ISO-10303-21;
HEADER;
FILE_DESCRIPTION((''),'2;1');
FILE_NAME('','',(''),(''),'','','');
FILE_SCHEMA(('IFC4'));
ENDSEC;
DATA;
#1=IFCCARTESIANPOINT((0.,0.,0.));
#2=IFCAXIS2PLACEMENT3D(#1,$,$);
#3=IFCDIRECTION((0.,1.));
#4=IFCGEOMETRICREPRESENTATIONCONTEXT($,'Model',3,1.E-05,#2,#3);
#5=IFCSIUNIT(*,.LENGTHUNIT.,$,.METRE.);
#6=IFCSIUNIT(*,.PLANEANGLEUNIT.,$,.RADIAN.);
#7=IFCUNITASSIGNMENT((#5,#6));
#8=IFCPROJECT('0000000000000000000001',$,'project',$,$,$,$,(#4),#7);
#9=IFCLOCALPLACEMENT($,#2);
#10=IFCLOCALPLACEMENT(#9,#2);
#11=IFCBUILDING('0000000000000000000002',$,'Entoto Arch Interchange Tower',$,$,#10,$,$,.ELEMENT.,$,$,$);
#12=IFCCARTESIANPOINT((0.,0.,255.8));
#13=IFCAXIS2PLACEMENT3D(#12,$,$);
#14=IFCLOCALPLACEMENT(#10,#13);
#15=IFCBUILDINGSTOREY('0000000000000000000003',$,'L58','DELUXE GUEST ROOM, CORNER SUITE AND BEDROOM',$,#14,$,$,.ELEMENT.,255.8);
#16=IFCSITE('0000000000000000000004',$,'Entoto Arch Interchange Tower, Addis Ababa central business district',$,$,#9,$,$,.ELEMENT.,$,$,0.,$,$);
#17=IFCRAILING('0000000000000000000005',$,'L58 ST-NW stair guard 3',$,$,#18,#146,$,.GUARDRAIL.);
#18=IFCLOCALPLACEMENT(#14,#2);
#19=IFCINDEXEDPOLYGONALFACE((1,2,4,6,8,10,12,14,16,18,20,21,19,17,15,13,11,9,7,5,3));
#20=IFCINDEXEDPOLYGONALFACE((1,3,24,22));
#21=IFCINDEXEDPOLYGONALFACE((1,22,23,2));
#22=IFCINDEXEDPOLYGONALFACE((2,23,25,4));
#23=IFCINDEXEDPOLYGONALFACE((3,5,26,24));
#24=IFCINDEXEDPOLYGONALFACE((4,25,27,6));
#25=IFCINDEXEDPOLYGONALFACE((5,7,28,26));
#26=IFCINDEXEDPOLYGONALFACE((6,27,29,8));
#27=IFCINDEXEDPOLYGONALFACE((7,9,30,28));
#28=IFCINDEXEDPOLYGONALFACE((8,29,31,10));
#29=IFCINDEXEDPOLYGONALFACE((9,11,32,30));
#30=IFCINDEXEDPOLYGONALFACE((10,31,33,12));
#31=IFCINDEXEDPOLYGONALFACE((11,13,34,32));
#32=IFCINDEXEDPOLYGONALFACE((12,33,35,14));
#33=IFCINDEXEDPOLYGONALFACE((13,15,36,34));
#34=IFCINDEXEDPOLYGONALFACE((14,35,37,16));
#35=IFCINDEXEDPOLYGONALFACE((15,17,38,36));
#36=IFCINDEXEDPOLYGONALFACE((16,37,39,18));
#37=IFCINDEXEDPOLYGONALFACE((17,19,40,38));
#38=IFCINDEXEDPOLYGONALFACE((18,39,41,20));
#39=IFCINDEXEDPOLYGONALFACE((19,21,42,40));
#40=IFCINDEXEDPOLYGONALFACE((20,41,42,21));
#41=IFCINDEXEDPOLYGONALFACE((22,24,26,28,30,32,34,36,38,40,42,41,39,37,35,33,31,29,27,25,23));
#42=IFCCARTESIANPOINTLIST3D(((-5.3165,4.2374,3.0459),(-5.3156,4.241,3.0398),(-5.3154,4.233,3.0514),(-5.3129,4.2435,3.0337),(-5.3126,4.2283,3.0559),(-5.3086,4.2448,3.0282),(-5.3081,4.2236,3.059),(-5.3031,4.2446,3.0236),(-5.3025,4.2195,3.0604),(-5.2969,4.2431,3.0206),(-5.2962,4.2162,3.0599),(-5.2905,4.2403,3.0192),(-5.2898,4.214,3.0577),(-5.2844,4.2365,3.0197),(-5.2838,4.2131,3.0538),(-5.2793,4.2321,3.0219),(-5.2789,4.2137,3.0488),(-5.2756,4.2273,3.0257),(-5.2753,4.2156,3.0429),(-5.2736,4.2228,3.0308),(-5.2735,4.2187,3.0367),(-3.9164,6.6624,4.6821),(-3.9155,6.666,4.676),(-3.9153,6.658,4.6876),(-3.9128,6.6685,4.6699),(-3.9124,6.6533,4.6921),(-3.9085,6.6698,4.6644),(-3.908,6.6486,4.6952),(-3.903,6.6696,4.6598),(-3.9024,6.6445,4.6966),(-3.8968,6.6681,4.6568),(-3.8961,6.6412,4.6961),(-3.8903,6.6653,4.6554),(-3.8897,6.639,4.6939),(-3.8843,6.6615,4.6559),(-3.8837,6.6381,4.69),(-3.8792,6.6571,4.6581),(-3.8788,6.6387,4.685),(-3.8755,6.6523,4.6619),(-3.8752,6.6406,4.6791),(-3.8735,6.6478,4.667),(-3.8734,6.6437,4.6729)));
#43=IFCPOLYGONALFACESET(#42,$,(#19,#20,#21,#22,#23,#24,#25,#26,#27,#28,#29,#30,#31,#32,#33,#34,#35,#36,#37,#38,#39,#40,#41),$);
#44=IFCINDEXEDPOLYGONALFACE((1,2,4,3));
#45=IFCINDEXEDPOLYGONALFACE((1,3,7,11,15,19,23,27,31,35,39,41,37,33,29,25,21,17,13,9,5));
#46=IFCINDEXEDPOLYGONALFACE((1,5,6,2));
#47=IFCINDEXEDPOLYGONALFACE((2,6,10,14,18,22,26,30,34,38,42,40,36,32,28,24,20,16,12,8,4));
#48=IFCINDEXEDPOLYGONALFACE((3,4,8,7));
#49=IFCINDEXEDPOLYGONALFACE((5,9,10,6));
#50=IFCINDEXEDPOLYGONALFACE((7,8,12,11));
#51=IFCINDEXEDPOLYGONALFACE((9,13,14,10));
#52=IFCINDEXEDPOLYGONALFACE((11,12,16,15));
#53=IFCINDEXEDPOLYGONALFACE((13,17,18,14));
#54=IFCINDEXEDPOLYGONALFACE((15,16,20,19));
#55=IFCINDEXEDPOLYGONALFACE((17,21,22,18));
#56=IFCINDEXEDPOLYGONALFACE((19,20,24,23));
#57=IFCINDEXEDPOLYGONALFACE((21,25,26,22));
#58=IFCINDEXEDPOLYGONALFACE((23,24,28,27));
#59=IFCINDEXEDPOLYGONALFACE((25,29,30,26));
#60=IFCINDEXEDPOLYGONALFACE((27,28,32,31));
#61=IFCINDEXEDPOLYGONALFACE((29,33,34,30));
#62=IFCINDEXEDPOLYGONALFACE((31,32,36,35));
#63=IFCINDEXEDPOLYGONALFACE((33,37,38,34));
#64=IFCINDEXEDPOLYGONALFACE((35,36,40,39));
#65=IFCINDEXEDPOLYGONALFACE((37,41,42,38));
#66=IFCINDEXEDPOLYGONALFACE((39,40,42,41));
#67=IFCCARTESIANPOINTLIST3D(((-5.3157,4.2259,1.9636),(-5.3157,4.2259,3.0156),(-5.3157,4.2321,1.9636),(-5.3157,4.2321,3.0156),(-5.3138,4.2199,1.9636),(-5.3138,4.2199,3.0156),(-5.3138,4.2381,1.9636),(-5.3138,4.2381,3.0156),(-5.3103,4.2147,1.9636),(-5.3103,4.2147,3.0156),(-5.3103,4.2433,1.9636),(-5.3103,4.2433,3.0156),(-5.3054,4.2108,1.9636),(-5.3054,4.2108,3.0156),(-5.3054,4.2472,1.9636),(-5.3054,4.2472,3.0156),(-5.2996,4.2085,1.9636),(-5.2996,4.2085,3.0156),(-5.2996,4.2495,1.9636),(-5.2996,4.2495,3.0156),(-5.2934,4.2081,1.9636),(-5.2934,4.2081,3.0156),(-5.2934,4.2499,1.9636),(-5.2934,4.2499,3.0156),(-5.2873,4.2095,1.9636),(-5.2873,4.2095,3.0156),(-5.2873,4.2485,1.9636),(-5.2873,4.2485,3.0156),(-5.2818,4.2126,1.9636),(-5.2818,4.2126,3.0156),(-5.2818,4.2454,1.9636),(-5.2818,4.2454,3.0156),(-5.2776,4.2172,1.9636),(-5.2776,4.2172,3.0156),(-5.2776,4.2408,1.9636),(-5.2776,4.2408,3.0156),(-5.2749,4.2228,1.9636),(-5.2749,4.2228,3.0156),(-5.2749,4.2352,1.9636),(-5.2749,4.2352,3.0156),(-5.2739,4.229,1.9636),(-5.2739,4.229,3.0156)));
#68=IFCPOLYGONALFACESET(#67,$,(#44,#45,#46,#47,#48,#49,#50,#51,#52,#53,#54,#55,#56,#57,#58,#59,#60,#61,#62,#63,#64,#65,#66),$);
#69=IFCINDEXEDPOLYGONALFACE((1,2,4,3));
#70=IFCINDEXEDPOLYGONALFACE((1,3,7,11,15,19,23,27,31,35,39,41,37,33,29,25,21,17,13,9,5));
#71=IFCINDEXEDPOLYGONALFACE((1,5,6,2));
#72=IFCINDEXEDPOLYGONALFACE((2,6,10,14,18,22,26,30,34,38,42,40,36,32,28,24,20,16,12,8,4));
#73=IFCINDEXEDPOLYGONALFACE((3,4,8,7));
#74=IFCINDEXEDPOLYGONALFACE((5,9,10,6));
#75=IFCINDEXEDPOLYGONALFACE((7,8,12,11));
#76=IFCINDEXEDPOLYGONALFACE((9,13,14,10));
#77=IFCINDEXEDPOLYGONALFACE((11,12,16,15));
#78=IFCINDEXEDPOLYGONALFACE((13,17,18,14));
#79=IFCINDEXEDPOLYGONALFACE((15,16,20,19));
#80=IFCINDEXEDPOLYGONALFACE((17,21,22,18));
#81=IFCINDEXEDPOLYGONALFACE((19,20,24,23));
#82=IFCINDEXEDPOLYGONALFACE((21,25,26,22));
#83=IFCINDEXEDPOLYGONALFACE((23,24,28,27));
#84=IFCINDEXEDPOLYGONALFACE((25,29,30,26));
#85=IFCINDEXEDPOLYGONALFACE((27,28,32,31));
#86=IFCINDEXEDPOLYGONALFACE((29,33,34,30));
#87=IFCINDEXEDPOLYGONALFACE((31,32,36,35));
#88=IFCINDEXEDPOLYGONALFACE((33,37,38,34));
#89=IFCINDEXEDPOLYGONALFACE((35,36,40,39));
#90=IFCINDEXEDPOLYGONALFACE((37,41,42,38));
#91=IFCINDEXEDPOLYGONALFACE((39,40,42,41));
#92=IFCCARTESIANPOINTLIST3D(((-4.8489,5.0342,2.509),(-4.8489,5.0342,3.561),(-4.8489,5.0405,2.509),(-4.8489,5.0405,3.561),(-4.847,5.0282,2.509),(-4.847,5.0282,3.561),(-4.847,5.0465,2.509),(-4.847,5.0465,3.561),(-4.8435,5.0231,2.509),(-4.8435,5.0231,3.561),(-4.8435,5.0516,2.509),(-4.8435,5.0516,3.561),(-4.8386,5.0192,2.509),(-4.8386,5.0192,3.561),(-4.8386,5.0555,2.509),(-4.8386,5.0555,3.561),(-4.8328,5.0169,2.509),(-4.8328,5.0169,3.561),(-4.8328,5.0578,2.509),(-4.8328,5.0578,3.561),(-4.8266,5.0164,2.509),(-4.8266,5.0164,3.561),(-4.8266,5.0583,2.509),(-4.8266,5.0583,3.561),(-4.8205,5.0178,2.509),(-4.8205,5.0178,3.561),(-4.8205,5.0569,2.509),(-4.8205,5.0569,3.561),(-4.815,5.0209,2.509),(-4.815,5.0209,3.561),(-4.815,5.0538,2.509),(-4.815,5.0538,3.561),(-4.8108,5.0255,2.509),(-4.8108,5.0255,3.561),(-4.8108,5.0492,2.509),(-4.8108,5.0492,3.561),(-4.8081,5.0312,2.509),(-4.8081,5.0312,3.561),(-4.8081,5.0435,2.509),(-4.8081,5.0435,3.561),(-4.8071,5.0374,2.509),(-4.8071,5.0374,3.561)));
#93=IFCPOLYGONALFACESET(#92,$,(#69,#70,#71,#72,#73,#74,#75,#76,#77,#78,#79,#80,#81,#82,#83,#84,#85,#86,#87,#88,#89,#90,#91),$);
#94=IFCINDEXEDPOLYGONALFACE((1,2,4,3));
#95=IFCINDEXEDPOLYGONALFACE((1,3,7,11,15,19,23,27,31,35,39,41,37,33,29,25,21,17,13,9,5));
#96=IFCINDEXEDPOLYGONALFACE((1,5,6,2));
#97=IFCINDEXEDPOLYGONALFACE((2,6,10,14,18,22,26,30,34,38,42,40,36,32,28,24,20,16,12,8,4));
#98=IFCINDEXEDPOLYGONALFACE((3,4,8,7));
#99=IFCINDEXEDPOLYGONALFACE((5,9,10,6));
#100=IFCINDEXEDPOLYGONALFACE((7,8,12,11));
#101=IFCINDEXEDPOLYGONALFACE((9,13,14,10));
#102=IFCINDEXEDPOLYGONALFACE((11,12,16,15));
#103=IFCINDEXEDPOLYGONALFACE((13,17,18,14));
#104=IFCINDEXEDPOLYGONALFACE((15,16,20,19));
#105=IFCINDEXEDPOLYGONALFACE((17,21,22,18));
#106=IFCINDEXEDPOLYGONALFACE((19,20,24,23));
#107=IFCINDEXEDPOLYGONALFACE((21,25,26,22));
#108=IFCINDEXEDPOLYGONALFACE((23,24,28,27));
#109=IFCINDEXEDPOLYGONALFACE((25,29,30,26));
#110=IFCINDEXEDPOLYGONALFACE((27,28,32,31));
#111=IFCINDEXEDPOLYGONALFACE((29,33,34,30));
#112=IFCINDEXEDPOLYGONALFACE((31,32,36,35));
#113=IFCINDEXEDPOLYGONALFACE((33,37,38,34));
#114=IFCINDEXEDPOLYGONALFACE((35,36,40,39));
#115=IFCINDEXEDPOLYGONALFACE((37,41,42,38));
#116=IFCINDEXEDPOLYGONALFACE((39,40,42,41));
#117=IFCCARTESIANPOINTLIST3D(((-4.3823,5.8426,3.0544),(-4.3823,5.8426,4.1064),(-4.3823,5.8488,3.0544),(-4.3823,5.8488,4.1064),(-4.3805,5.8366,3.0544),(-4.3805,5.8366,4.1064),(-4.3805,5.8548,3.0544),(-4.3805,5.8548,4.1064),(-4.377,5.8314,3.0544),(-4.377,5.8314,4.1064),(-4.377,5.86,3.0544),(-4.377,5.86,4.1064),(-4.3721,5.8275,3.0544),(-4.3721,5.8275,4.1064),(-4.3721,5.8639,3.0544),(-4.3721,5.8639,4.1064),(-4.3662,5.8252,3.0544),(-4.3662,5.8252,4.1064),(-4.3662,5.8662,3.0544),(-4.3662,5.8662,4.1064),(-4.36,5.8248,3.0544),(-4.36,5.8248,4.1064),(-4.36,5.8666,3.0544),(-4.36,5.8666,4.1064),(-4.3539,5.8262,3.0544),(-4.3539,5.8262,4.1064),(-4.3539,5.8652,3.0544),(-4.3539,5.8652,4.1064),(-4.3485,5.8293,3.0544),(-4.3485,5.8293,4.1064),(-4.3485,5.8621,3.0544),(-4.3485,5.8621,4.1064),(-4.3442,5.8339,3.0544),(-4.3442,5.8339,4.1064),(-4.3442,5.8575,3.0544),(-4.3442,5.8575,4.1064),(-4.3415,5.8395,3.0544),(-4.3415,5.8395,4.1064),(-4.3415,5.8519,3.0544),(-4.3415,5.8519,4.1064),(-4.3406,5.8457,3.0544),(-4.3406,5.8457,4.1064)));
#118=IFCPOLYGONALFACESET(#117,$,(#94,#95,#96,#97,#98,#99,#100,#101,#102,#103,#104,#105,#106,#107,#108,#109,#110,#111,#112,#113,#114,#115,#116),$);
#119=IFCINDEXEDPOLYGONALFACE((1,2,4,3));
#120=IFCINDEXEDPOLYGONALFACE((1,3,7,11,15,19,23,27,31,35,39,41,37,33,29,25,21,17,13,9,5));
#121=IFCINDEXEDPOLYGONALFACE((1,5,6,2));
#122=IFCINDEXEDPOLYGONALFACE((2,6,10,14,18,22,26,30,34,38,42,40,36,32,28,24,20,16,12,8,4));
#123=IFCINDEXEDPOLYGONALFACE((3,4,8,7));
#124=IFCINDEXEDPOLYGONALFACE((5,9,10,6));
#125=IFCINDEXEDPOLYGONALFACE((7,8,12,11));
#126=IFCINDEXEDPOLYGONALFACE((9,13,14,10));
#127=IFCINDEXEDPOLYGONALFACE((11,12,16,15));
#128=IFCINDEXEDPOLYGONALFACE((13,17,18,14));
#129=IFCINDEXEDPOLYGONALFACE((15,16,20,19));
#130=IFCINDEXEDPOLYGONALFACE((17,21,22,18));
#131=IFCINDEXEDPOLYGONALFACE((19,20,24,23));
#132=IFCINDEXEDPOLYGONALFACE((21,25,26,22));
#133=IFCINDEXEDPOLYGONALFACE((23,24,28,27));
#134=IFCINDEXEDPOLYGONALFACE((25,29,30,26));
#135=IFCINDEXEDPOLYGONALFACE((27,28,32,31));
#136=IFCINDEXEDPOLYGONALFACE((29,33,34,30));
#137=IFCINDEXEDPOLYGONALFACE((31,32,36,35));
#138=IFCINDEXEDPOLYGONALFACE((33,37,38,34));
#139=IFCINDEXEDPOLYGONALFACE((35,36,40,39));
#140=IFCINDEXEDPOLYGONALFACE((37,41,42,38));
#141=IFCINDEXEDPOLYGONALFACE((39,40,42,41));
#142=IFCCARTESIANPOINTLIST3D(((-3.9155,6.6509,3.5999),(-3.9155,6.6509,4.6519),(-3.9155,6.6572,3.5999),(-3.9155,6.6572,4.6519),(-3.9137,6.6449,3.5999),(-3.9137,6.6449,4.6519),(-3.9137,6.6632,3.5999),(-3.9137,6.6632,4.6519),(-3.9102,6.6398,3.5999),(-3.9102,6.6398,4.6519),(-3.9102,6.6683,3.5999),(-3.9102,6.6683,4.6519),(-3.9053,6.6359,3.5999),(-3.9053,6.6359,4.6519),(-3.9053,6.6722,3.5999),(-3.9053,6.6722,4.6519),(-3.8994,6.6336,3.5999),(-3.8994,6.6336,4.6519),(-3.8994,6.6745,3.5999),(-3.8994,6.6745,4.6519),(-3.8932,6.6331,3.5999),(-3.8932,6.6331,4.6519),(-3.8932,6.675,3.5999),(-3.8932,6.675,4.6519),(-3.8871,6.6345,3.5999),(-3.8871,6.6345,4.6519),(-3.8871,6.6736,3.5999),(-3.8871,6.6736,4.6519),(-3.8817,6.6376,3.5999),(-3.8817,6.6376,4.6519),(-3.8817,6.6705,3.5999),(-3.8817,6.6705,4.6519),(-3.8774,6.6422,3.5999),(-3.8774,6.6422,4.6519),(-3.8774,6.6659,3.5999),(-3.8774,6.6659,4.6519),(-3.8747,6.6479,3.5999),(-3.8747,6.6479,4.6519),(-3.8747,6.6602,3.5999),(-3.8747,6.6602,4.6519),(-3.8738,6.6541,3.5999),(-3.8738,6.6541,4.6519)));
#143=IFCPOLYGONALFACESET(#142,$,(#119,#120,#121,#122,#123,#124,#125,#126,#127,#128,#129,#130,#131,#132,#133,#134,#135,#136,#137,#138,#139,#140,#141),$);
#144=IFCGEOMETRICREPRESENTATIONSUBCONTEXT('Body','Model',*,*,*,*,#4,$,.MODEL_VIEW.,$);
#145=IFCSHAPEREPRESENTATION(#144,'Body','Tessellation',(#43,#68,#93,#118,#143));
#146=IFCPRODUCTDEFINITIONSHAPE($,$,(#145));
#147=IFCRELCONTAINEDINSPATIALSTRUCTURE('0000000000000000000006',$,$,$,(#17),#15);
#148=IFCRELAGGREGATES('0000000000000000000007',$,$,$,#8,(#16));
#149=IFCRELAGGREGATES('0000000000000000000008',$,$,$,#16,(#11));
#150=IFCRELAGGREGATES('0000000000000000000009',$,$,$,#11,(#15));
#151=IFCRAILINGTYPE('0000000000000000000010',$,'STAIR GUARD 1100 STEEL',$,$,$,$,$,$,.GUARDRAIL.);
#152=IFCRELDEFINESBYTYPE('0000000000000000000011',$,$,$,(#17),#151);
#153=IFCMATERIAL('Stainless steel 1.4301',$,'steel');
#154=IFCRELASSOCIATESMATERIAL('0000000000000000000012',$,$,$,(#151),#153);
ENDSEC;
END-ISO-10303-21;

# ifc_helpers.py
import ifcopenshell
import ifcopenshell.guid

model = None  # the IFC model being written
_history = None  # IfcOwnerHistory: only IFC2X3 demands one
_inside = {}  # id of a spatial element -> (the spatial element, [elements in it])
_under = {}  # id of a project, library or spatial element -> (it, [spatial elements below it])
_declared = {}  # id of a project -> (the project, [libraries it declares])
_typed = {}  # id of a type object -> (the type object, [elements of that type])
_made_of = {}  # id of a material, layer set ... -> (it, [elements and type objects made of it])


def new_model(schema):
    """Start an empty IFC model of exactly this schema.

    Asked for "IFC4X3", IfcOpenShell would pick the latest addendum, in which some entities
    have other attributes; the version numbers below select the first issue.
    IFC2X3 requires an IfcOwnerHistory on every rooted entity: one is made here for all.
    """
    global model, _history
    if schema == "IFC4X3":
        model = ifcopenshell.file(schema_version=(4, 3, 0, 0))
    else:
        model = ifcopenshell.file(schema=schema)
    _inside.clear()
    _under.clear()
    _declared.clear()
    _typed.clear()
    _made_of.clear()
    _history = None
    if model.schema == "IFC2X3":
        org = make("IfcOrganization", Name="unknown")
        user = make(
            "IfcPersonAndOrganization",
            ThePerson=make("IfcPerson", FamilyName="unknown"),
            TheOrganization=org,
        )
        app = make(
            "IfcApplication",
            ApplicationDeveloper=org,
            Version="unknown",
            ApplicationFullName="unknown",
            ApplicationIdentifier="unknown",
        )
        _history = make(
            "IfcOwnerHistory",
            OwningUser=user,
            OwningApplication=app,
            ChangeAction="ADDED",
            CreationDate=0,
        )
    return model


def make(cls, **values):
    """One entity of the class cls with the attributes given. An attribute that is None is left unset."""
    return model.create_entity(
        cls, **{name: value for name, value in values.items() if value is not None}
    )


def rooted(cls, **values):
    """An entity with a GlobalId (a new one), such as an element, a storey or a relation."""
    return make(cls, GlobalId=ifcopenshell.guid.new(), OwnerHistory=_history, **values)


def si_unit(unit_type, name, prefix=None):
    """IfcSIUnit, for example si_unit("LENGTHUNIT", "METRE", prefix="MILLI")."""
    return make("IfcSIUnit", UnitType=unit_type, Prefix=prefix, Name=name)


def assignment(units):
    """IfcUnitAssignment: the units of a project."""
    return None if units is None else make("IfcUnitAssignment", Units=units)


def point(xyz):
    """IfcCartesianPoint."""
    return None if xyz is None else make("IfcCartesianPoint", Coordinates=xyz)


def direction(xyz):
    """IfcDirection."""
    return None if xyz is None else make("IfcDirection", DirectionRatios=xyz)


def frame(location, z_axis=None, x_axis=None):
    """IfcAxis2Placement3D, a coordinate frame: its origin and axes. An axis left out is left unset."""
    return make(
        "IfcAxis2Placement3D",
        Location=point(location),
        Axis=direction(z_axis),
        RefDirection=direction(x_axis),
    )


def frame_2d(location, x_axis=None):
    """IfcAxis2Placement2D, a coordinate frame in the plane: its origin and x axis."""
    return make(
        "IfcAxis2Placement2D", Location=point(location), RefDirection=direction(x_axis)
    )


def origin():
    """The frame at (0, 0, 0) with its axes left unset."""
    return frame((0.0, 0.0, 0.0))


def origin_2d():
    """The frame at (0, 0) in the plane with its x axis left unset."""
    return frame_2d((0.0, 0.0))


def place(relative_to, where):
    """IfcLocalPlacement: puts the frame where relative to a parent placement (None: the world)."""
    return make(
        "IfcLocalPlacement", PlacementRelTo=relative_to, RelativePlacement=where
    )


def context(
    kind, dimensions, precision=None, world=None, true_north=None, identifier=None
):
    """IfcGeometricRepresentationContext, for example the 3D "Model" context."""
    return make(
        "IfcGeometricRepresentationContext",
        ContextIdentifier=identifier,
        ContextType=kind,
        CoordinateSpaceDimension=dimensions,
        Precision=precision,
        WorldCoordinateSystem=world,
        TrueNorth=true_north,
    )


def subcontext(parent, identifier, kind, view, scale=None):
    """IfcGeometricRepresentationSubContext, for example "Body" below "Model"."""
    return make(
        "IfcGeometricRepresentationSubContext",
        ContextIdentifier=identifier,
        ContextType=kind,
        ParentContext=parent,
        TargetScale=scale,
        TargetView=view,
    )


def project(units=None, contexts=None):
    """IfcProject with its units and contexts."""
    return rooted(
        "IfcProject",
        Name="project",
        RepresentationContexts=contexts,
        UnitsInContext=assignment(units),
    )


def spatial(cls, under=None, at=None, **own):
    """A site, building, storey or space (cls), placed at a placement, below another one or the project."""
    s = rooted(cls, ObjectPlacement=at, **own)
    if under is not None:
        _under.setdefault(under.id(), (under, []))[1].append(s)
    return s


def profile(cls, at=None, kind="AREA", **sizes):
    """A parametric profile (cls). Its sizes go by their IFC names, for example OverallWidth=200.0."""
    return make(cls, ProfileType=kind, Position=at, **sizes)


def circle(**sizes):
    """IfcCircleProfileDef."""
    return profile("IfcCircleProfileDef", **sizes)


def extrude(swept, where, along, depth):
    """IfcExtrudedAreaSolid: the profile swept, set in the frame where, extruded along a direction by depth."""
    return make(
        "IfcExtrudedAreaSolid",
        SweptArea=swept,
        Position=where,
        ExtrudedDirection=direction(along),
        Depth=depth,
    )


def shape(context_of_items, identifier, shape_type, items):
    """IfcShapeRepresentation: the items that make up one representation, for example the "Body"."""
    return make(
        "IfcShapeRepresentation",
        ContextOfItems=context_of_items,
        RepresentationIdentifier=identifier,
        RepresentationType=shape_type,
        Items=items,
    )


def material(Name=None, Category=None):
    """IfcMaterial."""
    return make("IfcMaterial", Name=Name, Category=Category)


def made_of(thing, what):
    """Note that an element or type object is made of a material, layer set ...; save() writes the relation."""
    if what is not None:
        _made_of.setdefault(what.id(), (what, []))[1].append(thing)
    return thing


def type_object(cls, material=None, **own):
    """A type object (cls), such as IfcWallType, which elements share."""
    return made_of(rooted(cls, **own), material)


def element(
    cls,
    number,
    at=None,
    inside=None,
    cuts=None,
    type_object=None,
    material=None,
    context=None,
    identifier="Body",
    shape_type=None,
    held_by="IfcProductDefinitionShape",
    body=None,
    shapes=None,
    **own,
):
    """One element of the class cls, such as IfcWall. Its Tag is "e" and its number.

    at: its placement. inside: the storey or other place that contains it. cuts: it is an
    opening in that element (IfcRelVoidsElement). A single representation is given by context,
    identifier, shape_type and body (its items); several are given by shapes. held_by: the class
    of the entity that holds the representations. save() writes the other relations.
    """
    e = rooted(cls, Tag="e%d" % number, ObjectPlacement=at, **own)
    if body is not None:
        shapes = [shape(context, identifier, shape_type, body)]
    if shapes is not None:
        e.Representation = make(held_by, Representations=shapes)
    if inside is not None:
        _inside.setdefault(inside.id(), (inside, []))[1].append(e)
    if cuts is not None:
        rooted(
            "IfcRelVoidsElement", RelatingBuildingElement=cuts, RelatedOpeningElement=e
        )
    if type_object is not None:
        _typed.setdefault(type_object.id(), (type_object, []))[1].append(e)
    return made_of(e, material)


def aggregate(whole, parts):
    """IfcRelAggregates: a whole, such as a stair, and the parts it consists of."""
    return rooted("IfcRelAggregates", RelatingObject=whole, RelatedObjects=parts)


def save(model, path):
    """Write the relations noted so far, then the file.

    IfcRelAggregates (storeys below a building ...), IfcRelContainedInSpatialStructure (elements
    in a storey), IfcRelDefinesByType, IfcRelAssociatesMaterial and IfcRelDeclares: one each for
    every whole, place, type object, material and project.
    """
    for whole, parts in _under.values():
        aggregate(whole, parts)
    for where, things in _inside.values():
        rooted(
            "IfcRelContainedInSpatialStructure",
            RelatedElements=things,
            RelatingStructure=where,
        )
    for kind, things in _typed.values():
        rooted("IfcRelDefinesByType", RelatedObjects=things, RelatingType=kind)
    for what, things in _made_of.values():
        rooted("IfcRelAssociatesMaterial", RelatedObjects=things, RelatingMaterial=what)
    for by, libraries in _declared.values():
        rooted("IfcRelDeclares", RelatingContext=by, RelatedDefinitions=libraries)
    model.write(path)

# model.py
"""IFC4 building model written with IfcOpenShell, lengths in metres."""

from ifc_helpers import new_model, si_unit, direction, frame, origin, origin_2d, place, context, subcontext, project, spatial, circle, extrude, material, type_object, element, save


model = new_model("IFC4")

# Units and contexts
model_context = context("Model", 3, precision=1e-05, world=origin(), true_north=direction((0.0, 1.0)))
body_context = subcontext(model_context, "Body", "Model", "MODEL_VIEW")
ifc_project = project(units=[si_unit("LENGTHUNIT", "METRE"), si_unit("PLANEANGLEUNIT", "RADIAN")], contexts=[model_context])

# Site, building, storey
site_placement = place(None, origin())
site = spatial("IfcSite", under=ifc_project, at=site_placement, Name="Entoto Arch Interchange Tower, Addis Ababa central business district", CompositionType="ELEMENT", RefElevation=0.0)
building_placement = place(site_placement, origin())
building = spatial("IfcBuilding", under=site, at=building_placement, Name="Entoto Arch Interchange Tower", CompositionType="ELEMENT")
storey_placement = place(building_placement, frame((0.0, 0.0, 255.8)))
storey = spatial("IfcBuildingStorey", under=building, at=storey_placement, Name="L58", Description="DELUXE GUEST ROOM, CORNER SUITE AND BEDROOM", CompositionType="ELEMENT", Elevation=255.8)

# Railing
ifc_material_1 = material(Name="Stainless steel 1.4301", Category="steel")
railing_type_1 = type_object("IfcRailingType", Name="STAIR GUARD 1100 STEEL", PredefinedType="GUARDRAIL", material=ifc_material_1)
railing_1_placement = place(storey_placement, frame((-5.2949, 4.229, 1.9636)))
element("IfcRailing", 1, at=railing_1_placement, inside=storey, type_object=railing_type_1, Name="L58 ST-NW stair guard 3", PredefinedType="GUARDRAIL", context=body_context, shape_type="SweptSolid", body=[
    extrude(circle(Radius=0.0239, at=origin_2d()), frame((0.0, 0.0, 1.0762), z_axis=(0.431714, 0.747727, 0.504507), x_axis=(-0.866019, 0.500012, 0.0)), (0.0, 0.0, 1.0), 3.2432),
    extrude(circle(Radius=0.021, at=origin_2d()), origin(), (0.0, 0.0, 1.0), 1.052),
    extrude(circle(Radius=0.021, at=origin_2d()), frame((0.4668, 0.8083, 0.5454)), (0.0, 0.0, 1.0), 1.052),
    extrude(circle(Radius=0.021, at=origin_2d()), frame((0.9333, 1.6167, 1.0908)), (0.0, 0.0, 1.0), 1.052),
    extrude(circle(Radius=0.021, at=origin_2d()), frame((1.4001, 2.425, 1.6362)), (0.0, 0.0, 1.0), 1.052),
])

save(model, "model.ifc")
